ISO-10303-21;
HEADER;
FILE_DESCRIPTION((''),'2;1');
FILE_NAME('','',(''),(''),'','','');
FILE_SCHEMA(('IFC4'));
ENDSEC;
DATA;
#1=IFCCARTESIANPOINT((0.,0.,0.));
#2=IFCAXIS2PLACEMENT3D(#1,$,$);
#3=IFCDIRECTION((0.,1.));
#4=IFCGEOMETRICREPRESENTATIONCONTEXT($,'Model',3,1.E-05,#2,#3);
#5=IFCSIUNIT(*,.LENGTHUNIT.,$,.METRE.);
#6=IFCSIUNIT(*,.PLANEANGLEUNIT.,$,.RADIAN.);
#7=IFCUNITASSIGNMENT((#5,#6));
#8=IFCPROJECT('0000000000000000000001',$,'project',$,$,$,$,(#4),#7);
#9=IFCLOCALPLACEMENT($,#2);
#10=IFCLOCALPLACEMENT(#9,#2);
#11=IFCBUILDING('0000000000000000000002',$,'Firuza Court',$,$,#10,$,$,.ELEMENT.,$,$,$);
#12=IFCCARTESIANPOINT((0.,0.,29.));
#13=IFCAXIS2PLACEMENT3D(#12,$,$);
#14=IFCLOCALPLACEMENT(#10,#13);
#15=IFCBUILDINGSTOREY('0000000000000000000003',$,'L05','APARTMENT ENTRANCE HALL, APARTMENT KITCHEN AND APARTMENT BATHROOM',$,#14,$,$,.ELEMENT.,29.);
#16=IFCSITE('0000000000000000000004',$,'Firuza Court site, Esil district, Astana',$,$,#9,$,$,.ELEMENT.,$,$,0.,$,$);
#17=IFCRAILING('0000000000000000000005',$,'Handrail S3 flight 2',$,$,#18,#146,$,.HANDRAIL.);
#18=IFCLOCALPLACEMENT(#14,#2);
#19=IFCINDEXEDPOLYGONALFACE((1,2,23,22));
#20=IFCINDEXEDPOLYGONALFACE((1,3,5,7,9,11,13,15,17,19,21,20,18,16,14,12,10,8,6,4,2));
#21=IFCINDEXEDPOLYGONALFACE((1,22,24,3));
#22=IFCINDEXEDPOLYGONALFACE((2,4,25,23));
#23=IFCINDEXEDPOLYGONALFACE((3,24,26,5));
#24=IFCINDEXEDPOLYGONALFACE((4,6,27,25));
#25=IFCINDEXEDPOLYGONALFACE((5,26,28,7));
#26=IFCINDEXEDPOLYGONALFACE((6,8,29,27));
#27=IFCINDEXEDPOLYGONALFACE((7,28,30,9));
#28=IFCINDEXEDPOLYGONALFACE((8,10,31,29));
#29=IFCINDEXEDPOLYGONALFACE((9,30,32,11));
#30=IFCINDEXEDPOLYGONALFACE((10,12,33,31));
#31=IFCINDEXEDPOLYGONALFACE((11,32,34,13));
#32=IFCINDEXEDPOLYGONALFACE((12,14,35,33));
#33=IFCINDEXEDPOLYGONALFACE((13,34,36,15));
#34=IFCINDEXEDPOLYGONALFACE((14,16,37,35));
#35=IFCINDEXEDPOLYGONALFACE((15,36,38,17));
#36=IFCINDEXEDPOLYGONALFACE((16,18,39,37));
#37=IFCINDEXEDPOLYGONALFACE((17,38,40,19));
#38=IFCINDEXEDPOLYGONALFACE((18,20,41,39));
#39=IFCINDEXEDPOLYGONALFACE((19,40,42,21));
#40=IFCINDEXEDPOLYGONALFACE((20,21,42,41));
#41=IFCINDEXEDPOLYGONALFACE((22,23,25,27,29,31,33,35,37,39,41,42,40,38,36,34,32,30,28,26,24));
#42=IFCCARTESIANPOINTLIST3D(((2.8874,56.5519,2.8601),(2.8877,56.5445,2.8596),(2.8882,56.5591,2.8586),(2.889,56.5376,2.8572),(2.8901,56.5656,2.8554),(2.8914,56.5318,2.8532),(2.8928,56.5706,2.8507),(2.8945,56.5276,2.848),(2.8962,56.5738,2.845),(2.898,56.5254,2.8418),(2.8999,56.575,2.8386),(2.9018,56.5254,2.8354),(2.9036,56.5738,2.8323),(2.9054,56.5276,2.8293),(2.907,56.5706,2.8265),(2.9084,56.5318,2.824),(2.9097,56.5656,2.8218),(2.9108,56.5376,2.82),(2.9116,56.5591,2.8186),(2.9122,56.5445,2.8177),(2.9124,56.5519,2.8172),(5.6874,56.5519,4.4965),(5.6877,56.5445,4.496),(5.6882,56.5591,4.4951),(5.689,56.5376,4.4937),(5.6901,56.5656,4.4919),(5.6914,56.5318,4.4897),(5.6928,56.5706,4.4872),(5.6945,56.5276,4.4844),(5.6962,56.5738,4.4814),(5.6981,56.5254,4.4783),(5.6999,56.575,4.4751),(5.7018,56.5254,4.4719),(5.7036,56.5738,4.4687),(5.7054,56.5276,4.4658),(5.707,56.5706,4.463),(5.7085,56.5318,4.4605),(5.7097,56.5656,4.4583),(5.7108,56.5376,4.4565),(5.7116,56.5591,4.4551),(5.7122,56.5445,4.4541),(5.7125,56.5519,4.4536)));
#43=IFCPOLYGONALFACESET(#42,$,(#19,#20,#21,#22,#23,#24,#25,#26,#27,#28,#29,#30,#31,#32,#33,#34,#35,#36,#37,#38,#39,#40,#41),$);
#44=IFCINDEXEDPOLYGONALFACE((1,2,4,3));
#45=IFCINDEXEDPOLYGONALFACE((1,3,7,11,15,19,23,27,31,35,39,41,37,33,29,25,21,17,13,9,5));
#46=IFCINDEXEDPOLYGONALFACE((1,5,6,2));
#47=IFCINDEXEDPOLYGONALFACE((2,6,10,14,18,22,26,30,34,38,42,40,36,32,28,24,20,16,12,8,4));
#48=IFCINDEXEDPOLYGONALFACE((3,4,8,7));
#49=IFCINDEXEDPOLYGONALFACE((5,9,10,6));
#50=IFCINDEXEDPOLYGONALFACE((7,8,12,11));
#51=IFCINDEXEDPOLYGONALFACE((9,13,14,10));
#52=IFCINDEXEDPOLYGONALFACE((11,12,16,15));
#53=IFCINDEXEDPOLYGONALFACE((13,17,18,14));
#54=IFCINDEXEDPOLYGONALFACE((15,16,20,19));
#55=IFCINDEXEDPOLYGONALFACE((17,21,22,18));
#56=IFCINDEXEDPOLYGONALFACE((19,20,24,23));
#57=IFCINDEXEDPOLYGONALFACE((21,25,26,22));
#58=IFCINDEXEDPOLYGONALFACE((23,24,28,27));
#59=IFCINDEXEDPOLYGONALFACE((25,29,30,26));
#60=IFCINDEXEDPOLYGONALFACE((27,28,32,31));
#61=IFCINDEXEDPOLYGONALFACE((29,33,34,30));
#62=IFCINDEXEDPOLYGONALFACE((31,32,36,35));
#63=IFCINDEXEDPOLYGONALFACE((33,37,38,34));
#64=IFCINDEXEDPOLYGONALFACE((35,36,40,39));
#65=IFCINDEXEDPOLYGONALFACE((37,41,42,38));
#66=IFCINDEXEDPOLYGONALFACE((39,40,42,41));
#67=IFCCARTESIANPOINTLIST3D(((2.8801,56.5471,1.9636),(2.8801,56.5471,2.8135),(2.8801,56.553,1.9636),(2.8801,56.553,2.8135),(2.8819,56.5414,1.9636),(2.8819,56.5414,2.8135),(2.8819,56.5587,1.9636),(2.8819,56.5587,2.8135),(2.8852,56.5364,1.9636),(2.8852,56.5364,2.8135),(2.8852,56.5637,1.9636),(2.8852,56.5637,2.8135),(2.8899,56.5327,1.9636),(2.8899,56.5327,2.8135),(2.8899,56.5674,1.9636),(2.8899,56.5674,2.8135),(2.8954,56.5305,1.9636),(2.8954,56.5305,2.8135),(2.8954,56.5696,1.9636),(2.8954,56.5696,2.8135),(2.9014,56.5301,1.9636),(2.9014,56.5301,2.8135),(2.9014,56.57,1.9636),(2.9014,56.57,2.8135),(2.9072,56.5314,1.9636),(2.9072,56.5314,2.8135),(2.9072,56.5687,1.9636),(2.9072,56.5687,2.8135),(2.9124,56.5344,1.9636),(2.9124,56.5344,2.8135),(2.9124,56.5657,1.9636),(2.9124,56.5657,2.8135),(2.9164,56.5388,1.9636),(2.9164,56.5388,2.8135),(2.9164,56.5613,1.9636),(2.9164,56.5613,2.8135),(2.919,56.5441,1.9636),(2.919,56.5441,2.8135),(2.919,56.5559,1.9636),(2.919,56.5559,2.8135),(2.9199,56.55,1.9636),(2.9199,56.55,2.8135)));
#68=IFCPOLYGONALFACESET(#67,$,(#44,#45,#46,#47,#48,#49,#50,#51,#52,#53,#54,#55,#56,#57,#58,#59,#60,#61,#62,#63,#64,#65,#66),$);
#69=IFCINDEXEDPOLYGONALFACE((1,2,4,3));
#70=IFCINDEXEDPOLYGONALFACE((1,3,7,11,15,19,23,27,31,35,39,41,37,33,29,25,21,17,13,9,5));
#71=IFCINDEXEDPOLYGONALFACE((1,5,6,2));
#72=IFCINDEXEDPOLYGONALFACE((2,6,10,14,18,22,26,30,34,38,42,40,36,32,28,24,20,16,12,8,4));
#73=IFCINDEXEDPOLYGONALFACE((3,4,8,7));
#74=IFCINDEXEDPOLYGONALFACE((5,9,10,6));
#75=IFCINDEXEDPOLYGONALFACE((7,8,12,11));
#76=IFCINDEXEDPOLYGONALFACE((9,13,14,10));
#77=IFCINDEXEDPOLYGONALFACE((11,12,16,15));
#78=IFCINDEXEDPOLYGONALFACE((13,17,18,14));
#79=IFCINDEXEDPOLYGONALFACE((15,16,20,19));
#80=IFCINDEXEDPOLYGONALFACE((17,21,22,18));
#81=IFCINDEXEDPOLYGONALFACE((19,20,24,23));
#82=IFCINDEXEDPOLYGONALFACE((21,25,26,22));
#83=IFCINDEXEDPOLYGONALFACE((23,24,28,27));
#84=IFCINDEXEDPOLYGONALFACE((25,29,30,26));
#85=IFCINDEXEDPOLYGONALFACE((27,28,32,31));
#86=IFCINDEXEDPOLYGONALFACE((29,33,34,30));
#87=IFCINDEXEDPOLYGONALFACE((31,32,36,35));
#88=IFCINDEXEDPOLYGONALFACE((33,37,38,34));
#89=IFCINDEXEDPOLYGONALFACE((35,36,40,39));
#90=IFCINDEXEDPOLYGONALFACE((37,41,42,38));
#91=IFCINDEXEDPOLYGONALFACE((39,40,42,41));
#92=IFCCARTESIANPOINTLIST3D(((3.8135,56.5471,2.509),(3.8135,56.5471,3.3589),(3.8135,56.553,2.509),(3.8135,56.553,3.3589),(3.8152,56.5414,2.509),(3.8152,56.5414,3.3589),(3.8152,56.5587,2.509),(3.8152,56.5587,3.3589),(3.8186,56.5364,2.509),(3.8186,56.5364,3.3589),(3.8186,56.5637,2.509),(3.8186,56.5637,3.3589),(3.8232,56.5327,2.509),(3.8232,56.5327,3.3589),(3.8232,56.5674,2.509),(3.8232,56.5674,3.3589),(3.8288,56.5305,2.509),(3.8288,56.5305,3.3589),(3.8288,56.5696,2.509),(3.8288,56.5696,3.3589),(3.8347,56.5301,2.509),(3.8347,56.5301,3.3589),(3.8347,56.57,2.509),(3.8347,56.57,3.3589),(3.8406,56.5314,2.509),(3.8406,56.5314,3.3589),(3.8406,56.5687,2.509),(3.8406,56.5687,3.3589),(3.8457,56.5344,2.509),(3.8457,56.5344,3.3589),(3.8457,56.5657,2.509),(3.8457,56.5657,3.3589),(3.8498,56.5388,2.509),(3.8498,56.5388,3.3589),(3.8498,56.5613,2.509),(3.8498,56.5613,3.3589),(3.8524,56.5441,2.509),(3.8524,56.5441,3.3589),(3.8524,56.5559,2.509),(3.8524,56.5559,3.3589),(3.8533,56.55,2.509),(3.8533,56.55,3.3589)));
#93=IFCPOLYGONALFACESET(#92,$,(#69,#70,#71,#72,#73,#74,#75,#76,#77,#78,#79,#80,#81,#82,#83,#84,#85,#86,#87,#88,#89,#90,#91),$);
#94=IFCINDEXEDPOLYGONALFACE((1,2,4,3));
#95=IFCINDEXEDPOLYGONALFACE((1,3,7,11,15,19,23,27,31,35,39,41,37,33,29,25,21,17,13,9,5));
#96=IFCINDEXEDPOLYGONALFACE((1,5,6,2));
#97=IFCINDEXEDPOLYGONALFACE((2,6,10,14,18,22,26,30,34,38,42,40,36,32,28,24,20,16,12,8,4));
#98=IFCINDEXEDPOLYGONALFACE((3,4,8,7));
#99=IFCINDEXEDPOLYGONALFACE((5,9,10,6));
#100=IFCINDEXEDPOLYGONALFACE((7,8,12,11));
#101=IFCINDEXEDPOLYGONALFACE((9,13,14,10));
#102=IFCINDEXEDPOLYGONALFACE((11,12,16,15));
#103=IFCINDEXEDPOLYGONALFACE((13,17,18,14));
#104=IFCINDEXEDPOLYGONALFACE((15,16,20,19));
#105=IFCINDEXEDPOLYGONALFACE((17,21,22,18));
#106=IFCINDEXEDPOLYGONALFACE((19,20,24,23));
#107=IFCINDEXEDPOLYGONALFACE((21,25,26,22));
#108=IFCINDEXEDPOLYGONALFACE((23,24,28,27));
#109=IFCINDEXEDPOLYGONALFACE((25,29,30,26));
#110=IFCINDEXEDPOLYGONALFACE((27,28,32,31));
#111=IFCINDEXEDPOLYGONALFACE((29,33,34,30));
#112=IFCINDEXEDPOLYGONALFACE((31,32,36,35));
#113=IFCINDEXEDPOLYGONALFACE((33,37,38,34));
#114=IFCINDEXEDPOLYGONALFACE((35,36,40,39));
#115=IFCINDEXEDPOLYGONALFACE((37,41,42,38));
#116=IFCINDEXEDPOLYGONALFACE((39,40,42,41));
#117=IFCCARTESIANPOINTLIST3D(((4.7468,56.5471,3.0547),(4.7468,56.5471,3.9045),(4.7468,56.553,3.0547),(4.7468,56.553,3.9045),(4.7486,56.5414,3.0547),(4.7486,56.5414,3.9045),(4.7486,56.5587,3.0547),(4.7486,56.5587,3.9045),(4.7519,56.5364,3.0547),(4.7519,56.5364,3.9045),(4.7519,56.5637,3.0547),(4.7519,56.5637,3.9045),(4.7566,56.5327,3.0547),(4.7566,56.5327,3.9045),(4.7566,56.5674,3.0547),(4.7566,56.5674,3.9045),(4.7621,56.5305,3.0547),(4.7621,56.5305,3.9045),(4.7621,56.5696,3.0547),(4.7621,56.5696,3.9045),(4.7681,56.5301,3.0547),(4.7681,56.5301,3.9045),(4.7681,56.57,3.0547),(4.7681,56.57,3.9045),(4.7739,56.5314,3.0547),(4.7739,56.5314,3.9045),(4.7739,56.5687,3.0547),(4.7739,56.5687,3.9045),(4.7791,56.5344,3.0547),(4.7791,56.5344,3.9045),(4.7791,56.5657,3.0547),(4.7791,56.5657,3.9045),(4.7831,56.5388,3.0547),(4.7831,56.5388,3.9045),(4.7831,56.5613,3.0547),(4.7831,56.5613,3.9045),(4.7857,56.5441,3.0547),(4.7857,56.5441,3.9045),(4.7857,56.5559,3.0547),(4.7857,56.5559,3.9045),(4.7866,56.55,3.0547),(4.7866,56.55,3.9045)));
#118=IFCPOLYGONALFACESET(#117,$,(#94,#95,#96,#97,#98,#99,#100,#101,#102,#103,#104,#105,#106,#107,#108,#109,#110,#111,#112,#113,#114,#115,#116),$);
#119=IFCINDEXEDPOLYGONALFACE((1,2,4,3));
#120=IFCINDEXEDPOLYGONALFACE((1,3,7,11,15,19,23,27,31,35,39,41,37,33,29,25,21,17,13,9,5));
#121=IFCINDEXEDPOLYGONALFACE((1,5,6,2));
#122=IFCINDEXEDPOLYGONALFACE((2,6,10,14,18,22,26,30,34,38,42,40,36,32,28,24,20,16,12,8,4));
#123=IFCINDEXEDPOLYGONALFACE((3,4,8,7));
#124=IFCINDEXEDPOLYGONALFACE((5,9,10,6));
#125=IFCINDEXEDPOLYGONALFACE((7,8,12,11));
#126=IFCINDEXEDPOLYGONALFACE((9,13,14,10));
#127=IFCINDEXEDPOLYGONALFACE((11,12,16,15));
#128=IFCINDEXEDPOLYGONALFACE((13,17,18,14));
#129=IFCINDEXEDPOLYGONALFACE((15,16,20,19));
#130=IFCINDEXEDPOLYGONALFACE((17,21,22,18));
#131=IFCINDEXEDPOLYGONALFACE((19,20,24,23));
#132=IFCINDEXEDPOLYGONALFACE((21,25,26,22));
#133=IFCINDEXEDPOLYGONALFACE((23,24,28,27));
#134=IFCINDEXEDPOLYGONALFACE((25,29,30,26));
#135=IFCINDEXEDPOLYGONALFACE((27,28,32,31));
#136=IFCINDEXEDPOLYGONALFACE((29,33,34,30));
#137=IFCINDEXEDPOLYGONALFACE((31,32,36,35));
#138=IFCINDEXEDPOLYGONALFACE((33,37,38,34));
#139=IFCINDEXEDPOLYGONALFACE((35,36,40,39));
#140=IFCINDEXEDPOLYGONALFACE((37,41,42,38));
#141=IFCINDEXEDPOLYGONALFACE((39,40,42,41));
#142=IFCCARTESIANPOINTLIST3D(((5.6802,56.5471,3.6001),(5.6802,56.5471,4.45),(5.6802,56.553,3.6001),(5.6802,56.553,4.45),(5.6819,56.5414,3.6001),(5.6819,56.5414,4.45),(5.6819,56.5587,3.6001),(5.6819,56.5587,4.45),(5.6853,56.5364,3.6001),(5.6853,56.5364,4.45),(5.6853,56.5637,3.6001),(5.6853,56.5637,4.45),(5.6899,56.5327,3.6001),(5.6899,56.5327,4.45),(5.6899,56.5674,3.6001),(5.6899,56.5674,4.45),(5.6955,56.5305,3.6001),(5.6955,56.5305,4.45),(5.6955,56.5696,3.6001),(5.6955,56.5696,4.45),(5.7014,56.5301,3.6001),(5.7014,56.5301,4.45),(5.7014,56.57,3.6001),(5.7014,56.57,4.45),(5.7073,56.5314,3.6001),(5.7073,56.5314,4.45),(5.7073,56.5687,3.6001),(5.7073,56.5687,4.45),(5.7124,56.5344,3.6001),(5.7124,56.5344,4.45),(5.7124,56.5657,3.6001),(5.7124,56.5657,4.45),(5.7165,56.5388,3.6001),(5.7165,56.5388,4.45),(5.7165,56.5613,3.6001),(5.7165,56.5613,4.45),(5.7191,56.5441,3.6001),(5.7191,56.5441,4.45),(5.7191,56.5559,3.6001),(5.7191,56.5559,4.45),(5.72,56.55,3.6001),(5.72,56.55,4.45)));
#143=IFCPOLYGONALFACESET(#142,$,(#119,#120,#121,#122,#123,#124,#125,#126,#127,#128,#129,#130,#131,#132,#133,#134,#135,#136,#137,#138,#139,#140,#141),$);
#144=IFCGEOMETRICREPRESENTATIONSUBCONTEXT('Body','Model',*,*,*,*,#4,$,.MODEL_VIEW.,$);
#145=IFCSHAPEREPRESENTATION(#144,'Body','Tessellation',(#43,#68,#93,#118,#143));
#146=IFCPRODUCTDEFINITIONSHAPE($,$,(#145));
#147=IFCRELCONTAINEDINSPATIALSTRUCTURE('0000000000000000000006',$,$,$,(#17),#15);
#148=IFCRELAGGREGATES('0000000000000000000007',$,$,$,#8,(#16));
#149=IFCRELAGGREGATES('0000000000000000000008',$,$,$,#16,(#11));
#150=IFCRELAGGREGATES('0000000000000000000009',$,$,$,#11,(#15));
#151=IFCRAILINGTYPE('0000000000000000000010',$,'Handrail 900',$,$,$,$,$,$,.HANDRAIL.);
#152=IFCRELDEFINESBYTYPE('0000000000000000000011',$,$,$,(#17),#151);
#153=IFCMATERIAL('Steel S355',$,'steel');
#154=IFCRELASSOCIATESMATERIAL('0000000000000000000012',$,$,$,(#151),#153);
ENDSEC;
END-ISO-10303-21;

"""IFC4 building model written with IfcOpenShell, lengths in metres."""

from ifc_helpers import new_model, si_unit, direction, frame, origin, origin_2d, place, context, subcontext, project, spatial, circle, extrude, material, type_object, element, save


model = new_model("IFC4")

# Units and contexts
model_context = context("Model", 3, precision=1e-05, world=origin(), true_north=direction((0.0, 1.0)))
body_context = subcontext(model_context, "Body", "Model", "MODEL_VIEW")
ifc_project = project(units=[si_unit("LENGTHUNIT", "METRE"), si_unit("PLANEANGLEUNIT", "RADIAN")], contexts=[model_context])

# Site, building, storey
site_placement = place(None, origin())
site = spatial("IfcSite", under=ifc_project, at=site_placement, Name="Firuza Court site, Esil district, Astana", CompositionType="ELEMENT", RefElevation=0.0)
building_placement = place(site_placement, origin())
building = spatial("IfcBuilding", under=site, at=building_placement, Name="Firuza Court", CompositionType="ELEMENT")
storey_placement = place(building_placement, frame((0.0, 0.0, 29.0)))
storey = spatial("IfcBuildingStorey", under=building, at=storey_placement, Name="L05", Description="APARTMENT ENTRANCE HALL, APARTMENT KITCHEN AND APARTMENT BATHROOM", CompositionType="ELEMENT", Elevation=29.0)

# Railing
ifc_material_1 = material(Name="Steel S355", Category="steel")
railing_type_1 = type_object("IfcRailingType", Name="Handrail 900", PredefinedType="HANDRAIL", material=ifc_material_1)
railing_1_placement = place(storey_placement, frame((2.8999, 56.55, 1.9636)))
element("IfcRailing", 1, at=railing_1_placement, inside=storey, type_object=railing_type_1, Name="Handrail S3 flight 2", PredefinedType="HANDRAIL", context=body_context, shape_type="SweptSolid", body=[
    extrude(circle(Radius=0.0249, at=origin_2d()), frame((0.0, 0.0, 0.875), z_axis=(0.863361, 0.0, 0.504587), x_axis=(0.0, 1.0, 0.0)), (0.0, 0.0, 1.0), 3.2432),
    extrude(circle(Radius=0.02, at=origin_2d()), origin(), (0.0, 0.0, 1.0), 0.8499),
    extrude(circle(Radius=0.02, at=origin_2d()), frame((0.9333, 0.0, 0.5454)), (0.0, 0.0, 1.0), 0.8499),
    extrude(circle(Radius=0.02, at=origin_2d()), frame((1.8667, 0.0, 1.0911)), (0.0, 0.0, 1.0), 0.8499),
    extrude(circle(Radius=0.02, at=origin_2d()), frame((2.8, 0.0, 1.6365)), (0.0, 0.0, 1.0), 0.8499),
])

save(model, "model.ifc")
